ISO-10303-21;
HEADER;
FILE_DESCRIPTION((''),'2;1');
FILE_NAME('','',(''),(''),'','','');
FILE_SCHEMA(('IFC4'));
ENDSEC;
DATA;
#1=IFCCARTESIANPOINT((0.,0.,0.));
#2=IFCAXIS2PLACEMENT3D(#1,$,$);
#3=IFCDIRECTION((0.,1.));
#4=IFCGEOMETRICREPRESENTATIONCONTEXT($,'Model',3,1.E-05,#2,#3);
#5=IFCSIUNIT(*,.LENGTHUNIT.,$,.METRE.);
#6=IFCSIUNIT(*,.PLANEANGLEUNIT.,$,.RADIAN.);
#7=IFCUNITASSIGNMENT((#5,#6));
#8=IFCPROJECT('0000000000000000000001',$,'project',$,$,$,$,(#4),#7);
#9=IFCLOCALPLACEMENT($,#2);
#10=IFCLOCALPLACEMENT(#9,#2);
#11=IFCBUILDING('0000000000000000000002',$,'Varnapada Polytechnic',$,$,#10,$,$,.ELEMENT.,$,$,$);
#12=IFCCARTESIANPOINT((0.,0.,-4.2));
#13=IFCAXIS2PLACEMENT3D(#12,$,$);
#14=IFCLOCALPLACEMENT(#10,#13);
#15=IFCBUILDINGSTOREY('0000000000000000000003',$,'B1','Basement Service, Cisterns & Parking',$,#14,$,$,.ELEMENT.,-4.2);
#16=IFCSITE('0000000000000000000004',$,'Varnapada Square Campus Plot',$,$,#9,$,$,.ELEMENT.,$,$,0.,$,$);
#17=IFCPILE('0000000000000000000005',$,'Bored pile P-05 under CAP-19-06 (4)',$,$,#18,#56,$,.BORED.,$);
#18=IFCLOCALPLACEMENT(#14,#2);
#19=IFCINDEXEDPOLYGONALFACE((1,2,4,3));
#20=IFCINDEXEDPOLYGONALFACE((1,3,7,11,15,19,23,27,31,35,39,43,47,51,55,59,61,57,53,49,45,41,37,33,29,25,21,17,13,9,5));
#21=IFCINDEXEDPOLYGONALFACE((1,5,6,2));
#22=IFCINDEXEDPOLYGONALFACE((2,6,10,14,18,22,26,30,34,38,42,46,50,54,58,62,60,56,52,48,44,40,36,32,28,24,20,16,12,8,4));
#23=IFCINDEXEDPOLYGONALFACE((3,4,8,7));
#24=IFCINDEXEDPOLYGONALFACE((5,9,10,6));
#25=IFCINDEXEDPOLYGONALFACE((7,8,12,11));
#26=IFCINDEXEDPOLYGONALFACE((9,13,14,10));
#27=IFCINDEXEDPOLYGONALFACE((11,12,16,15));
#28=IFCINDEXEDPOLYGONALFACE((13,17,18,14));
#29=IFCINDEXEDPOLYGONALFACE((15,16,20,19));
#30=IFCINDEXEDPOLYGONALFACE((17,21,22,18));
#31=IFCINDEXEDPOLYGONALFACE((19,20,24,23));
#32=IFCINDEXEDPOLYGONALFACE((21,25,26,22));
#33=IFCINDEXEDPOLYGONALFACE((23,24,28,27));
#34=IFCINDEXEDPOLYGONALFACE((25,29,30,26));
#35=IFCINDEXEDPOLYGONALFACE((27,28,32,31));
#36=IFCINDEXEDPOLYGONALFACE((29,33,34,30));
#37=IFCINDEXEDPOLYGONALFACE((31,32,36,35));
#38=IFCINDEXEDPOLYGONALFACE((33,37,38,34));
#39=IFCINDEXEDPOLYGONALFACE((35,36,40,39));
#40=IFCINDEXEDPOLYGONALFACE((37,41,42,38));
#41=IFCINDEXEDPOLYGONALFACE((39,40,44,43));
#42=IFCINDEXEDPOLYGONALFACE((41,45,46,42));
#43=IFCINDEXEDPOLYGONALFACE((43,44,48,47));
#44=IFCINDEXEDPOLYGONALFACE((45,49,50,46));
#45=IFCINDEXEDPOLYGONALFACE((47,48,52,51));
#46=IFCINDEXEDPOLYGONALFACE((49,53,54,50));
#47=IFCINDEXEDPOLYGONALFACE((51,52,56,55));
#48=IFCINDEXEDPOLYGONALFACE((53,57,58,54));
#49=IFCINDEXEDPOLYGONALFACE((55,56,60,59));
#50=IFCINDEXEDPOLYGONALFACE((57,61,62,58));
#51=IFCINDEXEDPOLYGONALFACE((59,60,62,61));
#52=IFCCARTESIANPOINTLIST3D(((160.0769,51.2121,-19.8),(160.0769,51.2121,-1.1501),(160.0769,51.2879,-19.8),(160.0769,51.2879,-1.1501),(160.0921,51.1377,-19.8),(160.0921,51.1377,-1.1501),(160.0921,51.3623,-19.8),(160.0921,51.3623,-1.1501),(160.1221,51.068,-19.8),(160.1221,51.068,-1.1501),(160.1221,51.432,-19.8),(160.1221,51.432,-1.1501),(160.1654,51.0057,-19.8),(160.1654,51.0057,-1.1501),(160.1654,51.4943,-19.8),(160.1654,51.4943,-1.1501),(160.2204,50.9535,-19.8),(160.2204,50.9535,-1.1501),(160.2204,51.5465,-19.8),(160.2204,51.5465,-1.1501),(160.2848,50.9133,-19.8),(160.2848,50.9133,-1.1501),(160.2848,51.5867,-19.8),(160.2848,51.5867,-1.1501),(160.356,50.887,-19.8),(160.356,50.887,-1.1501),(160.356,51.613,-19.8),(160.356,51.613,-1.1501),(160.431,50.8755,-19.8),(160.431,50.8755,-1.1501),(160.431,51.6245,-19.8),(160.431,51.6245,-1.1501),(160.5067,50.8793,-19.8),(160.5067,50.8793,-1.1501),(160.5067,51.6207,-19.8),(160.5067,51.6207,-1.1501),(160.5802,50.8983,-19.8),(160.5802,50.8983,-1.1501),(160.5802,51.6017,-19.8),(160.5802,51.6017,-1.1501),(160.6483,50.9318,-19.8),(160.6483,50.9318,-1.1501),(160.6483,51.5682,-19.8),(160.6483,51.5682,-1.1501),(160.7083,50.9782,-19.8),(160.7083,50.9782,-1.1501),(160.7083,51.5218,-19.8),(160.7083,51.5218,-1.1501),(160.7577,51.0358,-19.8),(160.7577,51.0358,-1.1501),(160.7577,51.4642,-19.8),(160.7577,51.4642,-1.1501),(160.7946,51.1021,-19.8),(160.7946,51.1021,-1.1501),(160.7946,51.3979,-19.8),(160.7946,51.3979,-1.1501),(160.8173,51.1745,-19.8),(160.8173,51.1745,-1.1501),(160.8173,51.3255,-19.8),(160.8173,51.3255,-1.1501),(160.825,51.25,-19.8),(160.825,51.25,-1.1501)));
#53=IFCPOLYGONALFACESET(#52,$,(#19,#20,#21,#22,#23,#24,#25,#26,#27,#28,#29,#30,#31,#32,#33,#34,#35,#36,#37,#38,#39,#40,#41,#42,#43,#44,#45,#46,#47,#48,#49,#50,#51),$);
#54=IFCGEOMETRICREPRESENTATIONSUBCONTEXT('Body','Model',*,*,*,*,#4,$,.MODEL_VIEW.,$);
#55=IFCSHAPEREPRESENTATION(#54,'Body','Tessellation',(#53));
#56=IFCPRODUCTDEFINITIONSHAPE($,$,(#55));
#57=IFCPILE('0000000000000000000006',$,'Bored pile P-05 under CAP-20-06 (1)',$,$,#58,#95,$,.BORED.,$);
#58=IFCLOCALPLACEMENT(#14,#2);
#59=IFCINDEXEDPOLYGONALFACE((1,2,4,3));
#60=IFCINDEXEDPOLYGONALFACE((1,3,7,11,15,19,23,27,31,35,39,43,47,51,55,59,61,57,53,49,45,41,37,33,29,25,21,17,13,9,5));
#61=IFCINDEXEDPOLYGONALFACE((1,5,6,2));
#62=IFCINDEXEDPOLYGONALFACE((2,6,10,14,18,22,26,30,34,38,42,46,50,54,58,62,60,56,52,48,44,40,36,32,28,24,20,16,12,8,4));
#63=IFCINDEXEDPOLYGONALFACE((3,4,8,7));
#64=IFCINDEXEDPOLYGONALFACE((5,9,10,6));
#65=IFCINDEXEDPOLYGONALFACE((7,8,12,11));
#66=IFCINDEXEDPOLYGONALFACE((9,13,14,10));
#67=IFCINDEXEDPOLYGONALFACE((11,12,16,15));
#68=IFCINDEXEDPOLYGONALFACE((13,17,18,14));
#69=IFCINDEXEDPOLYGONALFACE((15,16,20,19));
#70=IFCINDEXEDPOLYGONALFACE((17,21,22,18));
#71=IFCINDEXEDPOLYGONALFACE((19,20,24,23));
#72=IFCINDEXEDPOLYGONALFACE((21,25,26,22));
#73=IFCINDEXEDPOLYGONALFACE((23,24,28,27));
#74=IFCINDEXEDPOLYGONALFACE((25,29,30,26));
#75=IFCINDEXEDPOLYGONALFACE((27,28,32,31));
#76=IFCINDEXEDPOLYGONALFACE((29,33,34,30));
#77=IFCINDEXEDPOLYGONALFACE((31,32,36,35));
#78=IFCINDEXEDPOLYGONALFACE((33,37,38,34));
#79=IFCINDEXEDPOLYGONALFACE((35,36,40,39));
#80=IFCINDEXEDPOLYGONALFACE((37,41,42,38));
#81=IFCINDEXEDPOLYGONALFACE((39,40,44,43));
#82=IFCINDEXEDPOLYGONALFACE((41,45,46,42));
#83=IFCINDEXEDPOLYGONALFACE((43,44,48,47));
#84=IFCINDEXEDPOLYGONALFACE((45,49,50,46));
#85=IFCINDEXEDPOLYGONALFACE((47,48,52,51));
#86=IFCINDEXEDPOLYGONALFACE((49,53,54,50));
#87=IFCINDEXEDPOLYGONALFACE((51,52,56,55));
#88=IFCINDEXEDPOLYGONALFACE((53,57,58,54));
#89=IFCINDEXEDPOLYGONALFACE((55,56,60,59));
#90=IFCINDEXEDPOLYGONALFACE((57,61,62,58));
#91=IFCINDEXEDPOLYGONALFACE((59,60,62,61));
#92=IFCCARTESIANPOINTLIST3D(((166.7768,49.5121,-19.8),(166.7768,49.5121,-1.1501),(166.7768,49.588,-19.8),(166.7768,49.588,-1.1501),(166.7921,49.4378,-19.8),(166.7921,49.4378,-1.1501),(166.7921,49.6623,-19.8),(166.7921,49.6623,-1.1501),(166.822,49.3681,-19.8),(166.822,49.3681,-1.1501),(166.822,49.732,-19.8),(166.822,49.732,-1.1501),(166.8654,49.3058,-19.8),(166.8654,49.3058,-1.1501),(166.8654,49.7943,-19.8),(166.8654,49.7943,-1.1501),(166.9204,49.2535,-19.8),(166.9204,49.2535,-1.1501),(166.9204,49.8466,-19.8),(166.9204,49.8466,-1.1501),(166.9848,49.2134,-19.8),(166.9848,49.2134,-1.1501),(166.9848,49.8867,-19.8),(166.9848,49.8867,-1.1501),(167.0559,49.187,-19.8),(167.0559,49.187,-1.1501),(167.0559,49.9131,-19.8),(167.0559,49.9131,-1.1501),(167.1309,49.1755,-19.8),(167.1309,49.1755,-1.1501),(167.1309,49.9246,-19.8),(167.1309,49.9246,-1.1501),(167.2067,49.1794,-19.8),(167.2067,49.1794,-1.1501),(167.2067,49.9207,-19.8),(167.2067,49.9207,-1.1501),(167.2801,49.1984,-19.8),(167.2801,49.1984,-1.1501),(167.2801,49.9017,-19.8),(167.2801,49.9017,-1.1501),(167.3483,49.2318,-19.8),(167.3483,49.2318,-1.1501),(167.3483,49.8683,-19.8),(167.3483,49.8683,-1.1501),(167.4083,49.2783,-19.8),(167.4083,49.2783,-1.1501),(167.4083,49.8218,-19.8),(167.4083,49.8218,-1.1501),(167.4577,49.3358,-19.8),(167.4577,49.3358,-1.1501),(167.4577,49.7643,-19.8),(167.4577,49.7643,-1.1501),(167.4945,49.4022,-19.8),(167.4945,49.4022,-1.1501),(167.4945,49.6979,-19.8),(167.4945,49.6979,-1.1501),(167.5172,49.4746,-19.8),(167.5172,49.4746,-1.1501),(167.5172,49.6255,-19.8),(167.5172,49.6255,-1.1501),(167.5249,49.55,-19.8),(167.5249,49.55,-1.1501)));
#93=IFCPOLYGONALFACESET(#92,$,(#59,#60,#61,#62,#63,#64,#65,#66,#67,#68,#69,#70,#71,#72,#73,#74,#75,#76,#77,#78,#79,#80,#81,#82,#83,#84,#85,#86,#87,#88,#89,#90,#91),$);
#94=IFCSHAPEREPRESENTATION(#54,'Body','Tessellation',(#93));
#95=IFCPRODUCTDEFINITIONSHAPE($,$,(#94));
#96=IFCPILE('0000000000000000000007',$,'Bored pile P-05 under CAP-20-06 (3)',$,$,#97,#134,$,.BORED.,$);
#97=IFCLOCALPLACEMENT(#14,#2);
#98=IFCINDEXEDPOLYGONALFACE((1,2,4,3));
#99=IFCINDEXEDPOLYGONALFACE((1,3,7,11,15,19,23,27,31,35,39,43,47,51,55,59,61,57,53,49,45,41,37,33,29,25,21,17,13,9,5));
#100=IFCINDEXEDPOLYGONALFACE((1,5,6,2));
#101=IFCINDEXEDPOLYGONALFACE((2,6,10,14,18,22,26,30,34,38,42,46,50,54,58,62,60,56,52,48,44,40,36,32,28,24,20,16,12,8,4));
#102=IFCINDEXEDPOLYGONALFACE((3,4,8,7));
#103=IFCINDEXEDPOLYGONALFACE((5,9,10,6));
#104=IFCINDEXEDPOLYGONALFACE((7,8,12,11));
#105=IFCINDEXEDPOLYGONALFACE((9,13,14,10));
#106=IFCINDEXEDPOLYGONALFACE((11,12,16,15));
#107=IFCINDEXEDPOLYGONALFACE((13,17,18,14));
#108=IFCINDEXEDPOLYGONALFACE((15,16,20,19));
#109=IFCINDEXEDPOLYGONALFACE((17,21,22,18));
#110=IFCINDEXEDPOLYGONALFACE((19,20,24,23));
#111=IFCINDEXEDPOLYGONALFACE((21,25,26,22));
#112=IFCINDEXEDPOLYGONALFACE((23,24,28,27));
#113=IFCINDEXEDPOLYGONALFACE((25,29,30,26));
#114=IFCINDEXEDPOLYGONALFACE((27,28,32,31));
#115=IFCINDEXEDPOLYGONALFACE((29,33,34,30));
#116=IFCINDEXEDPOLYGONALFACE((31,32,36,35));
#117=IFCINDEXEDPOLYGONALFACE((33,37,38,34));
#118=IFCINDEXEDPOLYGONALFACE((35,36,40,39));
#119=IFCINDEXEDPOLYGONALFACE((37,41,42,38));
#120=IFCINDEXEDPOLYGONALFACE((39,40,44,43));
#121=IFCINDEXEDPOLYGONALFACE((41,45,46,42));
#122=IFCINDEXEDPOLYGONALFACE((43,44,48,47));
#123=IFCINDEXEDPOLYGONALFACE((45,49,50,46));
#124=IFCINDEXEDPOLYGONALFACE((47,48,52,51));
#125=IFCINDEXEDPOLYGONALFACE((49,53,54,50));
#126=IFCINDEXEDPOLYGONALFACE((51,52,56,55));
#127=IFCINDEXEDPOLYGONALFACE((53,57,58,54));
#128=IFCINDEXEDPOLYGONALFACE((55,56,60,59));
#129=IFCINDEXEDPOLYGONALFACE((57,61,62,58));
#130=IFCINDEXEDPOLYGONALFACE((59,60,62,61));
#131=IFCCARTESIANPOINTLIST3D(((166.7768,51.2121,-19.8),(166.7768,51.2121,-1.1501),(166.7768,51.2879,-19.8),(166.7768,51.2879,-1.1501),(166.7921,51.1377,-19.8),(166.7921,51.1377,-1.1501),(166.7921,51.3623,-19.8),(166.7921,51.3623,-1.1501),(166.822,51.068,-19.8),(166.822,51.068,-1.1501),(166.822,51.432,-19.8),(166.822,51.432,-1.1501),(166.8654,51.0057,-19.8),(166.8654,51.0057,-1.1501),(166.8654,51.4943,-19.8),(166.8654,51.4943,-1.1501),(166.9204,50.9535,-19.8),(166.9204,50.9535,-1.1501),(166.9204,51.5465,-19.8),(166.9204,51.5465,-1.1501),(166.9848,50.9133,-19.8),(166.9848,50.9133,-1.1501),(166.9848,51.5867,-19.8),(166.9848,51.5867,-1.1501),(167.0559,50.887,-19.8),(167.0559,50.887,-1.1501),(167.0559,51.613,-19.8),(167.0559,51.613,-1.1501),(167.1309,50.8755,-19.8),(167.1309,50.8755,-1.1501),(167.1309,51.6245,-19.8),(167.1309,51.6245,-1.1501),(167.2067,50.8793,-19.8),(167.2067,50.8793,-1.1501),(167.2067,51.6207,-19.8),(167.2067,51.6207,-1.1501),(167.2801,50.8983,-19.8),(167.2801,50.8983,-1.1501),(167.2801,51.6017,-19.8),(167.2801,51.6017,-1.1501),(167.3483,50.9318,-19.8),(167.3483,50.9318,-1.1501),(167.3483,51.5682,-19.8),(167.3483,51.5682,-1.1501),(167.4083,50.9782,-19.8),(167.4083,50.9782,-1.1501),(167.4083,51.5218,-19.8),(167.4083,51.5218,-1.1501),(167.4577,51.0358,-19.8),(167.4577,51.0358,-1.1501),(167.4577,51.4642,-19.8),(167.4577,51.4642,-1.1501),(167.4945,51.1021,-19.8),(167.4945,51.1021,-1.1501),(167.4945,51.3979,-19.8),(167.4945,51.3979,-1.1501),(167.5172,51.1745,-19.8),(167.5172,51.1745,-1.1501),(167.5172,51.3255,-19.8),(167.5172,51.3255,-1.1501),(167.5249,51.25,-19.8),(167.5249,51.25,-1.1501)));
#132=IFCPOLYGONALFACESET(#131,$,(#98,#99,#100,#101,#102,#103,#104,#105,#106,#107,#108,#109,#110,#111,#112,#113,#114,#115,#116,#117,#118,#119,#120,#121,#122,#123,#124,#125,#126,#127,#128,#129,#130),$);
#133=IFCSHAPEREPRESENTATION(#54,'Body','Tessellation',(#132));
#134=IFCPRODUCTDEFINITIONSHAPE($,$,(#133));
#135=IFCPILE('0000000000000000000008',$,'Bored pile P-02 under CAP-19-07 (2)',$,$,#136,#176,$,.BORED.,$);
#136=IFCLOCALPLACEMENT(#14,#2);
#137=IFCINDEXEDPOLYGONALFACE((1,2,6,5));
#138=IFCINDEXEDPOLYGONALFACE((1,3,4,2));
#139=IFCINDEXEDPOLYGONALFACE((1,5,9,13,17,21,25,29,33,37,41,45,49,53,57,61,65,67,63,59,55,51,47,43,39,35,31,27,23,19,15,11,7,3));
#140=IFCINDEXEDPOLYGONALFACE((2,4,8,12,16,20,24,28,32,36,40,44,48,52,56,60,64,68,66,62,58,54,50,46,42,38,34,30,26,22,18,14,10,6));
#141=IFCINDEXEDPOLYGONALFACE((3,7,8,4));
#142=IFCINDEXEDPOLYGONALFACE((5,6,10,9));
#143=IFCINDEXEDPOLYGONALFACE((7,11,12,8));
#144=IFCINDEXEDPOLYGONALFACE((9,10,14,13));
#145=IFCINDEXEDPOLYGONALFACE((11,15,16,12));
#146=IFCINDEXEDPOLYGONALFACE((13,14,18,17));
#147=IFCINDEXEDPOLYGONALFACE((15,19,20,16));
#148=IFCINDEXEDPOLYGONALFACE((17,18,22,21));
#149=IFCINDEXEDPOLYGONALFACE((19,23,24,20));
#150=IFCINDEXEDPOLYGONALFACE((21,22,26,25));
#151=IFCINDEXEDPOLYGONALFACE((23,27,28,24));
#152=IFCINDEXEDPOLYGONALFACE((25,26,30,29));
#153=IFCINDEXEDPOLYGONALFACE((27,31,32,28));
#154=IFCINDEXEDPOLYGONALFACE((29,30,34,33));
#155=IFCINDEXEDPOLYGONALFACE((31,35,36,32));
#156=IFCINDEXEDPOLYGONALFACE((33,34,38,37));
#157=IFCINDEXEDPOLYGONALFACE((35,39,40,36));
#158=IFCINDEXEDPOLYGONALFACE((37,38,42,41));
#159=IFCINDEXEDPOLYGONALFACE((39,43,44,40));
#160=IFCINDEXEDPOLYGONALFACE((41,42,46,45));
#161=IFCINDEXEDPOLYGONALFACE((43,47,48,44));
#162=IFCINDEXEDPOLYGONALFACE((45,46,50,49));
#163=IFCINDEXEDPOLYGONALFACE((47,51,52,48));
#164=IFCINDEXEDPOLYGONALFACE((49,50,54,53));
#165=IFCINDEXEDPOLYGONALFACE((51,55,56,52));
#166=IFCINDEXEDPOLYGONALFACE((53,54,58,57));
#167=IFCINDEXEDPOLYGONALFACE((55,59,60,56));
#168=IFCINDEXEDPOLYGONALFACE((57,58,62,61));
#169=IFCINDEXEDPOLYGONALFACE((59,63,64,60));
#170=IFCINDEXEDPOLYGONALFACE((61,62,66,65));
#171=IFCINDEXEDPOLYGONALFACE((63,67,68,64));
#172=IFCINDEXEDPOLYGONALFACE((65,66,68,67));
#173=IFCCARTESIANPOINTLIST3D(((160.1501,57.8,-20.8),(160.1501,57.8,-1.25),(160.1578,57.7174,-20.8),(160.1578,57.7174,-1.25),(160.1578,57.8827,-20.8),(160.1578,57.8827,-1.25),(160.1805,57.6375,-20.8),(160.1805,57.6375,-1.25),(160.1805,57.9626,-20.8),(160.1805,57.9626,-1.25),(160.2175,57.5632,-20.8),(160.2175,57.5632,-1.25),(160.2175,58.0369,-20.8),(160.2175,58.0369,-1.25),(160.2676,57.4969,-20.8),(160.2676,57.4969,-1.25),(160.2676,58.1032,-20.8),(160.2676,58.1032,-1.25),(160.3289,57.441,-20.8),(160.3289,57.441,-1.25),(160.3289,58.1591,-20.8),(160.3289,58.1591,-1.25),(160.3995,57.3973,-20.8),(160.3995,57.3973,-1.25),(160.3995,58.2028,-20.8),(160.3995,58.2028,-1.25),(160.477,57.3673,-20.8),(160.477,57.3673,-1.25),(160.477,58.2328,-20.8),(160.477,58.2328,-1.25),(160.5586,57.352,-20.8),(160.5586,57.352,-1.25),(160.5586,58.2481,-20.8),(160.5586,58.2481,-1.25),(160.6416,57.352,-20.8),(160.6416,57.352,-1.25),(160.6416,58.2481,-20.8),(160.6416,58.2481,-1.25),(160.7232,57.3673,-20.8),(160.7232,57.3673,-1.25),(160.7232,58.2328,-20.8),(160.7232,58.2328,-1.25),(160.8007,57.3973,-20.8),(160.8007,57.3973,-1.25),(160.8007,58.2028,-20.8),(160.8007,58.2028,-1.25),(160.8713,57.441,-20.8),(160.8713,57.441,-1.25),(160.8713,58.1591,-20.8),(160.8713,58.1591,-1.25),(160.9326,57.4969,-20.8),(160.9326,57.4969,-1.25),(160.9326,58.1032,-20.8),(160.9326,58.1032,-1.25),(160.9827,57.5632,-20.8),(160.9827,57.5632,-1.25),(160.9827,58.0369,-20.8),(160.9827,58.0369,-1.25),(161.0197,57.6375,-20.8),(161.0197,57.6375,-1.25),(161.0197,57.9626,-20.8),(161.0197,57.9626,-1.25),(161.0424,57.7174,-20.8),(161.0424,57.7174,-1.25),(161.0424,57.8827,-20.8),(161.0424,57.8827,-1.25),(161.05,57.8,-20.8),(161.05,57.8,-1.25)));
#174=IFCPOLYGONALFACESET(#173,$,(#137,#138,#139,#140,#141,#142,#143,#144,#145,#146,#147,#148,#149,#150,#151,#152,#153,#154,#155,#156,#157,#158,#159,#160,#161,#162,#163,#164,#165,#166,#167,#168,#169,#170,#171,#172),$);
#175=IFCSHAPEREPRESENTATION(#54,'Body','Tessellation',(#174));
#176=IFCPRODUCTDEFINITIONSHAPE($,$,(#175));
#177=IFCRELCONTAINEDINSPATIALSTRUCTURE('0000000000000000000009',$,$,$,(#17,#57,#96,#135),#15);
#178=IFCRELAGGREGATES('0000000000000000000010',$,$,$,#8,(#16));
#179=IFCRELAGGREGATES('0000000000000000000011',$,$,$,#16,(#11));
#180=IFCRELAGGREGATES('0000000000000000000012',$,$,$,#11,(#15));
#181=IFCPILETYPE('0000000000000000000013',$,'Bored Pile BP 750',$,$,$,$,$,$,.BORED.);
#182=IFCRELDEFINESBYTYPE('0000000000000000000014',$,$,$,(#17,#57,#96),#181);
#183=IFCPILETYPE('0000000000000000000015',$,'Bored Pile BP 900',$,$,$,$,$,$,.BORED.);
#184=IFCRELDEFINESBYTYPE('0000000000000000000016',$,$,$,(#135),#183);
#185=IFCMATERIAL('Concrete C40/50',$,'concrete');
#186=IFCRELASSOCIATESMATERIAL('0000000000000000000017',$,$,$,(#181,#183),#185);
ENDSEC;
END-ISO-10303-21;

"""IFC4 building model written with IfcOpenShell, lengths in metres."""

from ifc_helpers import new_model, si_unit, direction, frame, origin, origin_2d, place, context, subcontext, project, spatial, circle, extrude, material, material_profile, profile_set, type_object, element, save


model = new_model("IFC4")

# Units and contexts
model_context = context("Model", 3, precision=1e-05, world=origin(), true_north=direction((0.0, 1.0)))
body_context = subcontext(model_context, "Body", "Model", "MODEL_VIEW")
ifc_project = project(units=[si_unit("LENGTHUNIT", "METRE"), si_unit("PLANEANGLEUNIT", "RADIAN")], contexts=[model_context])

# Site, building, storey
site_placement = place(None, origin())
site = spatial("IfcSite", under=ifc_project, at=site_placement, Name="Varnapada Square Campus Plot", CompositionType="ELEMENT", RefElevation=0.0)
building_placement = place(site_placement, origin())
building = spatial("IfcBuilding", under=site, at=building_placement, Name="Varnapada Polytechnic", CompositionType="ELEMENT")
storey_placement = place(building_placement, frame((0.0, 0.0, -4.2)))
storey = spatial("IfcBuildingStorey", under=building, at=storey_placement, Name="B1", Description="Basement Service, Cisterns & Parking", CompositionType="ELEMENT", Elevation=-4.2)

# Piles
ifc_material_1 = material(Name="Concrete C40/50", Category="concrete")
ifc_material_profile_1 = material_profile(ifc_material_1, circle(Radius=0.375, at=origin_2d()), Name="BP 750")
ifc_profile_set_1 = profile_set([ifc_material_profile_1], Name="Concrete C40/50")
pile_type_1 = type_object("IfcPileType", Name="Bored Pile BP 750", PredefinedType="BORED", material=ifc_profile_set_1)
for number, where, z_axis, x_axis, name in (
    (1, (160.45, 51.25, -1.1501), (0.0, 0.0, -1.0), (1.0, 0.0, 0.0), "Bored pile P-05 under CAP-19-06 (4)"),
    (2, (167.1499, 49.55, -1.1501), (0.0, 0.0, -1.0), (1.0, 0.0, 0.0), "Bored pile P-05 under CAP-20-06 (1)"),
    (3, (167.1499, 51.25, -1.1501), (0.0, 0.0, -1.0), (1.0, 0.0, 0.0), "Bored pile P-05 under CAP-20-06 (3)"),
):
    element("IfcPile", number, at=place(storey_placement, frame(where, z_axis=z_axis, x_axis=x_axis)), inside=storey, type_object=pile_type_1, Name=name, PredefinedType="BORED", context=body_context, shape_type="SweptSolid", body=[
        extrude(circle(Radius=0.375, at=origin_2d()), origin(), (0.0, 0.0, 1.0), 18.6499),
    ])
ifc_material_profile_2 = material_profile(ifc_material_1, circle(Radius=0.45, at=origin_2d()), Name="BP 900")
ifc_profile_set_2 = profile_set([ifc_material_profile_2], Name="Concrete C40/50")
pile_type_2 = type_object("IfcPileType", Name="Bored Pile BP 900", PredefinedType="BORED", material=ifc_profile_set_2)
for number, where, z_axis, x_axis, name in (
    (4, (160.6001, 57.8, -1.25), (0.0, 0.0, -1.0), (1.0, 0.0, 0.0), "Bored pile P-02 under CAP-19-07 (2)"),
):
    element("IfcPile", number, at=place(storey_placement, frame(where, z_axis=z_axis, x_axis=x_axis)), inside=storey, type_object=pile_type_2, Name=name, PredefinedType="BORED", context=body_context, shape_type="SweptSolid", body=[
        extrude(circle(Radius=0.45, at=origin_2d()), origin(), (0.0, 0.0, 1.0), 19.55),
    ])

save(model, "model.ifc")
